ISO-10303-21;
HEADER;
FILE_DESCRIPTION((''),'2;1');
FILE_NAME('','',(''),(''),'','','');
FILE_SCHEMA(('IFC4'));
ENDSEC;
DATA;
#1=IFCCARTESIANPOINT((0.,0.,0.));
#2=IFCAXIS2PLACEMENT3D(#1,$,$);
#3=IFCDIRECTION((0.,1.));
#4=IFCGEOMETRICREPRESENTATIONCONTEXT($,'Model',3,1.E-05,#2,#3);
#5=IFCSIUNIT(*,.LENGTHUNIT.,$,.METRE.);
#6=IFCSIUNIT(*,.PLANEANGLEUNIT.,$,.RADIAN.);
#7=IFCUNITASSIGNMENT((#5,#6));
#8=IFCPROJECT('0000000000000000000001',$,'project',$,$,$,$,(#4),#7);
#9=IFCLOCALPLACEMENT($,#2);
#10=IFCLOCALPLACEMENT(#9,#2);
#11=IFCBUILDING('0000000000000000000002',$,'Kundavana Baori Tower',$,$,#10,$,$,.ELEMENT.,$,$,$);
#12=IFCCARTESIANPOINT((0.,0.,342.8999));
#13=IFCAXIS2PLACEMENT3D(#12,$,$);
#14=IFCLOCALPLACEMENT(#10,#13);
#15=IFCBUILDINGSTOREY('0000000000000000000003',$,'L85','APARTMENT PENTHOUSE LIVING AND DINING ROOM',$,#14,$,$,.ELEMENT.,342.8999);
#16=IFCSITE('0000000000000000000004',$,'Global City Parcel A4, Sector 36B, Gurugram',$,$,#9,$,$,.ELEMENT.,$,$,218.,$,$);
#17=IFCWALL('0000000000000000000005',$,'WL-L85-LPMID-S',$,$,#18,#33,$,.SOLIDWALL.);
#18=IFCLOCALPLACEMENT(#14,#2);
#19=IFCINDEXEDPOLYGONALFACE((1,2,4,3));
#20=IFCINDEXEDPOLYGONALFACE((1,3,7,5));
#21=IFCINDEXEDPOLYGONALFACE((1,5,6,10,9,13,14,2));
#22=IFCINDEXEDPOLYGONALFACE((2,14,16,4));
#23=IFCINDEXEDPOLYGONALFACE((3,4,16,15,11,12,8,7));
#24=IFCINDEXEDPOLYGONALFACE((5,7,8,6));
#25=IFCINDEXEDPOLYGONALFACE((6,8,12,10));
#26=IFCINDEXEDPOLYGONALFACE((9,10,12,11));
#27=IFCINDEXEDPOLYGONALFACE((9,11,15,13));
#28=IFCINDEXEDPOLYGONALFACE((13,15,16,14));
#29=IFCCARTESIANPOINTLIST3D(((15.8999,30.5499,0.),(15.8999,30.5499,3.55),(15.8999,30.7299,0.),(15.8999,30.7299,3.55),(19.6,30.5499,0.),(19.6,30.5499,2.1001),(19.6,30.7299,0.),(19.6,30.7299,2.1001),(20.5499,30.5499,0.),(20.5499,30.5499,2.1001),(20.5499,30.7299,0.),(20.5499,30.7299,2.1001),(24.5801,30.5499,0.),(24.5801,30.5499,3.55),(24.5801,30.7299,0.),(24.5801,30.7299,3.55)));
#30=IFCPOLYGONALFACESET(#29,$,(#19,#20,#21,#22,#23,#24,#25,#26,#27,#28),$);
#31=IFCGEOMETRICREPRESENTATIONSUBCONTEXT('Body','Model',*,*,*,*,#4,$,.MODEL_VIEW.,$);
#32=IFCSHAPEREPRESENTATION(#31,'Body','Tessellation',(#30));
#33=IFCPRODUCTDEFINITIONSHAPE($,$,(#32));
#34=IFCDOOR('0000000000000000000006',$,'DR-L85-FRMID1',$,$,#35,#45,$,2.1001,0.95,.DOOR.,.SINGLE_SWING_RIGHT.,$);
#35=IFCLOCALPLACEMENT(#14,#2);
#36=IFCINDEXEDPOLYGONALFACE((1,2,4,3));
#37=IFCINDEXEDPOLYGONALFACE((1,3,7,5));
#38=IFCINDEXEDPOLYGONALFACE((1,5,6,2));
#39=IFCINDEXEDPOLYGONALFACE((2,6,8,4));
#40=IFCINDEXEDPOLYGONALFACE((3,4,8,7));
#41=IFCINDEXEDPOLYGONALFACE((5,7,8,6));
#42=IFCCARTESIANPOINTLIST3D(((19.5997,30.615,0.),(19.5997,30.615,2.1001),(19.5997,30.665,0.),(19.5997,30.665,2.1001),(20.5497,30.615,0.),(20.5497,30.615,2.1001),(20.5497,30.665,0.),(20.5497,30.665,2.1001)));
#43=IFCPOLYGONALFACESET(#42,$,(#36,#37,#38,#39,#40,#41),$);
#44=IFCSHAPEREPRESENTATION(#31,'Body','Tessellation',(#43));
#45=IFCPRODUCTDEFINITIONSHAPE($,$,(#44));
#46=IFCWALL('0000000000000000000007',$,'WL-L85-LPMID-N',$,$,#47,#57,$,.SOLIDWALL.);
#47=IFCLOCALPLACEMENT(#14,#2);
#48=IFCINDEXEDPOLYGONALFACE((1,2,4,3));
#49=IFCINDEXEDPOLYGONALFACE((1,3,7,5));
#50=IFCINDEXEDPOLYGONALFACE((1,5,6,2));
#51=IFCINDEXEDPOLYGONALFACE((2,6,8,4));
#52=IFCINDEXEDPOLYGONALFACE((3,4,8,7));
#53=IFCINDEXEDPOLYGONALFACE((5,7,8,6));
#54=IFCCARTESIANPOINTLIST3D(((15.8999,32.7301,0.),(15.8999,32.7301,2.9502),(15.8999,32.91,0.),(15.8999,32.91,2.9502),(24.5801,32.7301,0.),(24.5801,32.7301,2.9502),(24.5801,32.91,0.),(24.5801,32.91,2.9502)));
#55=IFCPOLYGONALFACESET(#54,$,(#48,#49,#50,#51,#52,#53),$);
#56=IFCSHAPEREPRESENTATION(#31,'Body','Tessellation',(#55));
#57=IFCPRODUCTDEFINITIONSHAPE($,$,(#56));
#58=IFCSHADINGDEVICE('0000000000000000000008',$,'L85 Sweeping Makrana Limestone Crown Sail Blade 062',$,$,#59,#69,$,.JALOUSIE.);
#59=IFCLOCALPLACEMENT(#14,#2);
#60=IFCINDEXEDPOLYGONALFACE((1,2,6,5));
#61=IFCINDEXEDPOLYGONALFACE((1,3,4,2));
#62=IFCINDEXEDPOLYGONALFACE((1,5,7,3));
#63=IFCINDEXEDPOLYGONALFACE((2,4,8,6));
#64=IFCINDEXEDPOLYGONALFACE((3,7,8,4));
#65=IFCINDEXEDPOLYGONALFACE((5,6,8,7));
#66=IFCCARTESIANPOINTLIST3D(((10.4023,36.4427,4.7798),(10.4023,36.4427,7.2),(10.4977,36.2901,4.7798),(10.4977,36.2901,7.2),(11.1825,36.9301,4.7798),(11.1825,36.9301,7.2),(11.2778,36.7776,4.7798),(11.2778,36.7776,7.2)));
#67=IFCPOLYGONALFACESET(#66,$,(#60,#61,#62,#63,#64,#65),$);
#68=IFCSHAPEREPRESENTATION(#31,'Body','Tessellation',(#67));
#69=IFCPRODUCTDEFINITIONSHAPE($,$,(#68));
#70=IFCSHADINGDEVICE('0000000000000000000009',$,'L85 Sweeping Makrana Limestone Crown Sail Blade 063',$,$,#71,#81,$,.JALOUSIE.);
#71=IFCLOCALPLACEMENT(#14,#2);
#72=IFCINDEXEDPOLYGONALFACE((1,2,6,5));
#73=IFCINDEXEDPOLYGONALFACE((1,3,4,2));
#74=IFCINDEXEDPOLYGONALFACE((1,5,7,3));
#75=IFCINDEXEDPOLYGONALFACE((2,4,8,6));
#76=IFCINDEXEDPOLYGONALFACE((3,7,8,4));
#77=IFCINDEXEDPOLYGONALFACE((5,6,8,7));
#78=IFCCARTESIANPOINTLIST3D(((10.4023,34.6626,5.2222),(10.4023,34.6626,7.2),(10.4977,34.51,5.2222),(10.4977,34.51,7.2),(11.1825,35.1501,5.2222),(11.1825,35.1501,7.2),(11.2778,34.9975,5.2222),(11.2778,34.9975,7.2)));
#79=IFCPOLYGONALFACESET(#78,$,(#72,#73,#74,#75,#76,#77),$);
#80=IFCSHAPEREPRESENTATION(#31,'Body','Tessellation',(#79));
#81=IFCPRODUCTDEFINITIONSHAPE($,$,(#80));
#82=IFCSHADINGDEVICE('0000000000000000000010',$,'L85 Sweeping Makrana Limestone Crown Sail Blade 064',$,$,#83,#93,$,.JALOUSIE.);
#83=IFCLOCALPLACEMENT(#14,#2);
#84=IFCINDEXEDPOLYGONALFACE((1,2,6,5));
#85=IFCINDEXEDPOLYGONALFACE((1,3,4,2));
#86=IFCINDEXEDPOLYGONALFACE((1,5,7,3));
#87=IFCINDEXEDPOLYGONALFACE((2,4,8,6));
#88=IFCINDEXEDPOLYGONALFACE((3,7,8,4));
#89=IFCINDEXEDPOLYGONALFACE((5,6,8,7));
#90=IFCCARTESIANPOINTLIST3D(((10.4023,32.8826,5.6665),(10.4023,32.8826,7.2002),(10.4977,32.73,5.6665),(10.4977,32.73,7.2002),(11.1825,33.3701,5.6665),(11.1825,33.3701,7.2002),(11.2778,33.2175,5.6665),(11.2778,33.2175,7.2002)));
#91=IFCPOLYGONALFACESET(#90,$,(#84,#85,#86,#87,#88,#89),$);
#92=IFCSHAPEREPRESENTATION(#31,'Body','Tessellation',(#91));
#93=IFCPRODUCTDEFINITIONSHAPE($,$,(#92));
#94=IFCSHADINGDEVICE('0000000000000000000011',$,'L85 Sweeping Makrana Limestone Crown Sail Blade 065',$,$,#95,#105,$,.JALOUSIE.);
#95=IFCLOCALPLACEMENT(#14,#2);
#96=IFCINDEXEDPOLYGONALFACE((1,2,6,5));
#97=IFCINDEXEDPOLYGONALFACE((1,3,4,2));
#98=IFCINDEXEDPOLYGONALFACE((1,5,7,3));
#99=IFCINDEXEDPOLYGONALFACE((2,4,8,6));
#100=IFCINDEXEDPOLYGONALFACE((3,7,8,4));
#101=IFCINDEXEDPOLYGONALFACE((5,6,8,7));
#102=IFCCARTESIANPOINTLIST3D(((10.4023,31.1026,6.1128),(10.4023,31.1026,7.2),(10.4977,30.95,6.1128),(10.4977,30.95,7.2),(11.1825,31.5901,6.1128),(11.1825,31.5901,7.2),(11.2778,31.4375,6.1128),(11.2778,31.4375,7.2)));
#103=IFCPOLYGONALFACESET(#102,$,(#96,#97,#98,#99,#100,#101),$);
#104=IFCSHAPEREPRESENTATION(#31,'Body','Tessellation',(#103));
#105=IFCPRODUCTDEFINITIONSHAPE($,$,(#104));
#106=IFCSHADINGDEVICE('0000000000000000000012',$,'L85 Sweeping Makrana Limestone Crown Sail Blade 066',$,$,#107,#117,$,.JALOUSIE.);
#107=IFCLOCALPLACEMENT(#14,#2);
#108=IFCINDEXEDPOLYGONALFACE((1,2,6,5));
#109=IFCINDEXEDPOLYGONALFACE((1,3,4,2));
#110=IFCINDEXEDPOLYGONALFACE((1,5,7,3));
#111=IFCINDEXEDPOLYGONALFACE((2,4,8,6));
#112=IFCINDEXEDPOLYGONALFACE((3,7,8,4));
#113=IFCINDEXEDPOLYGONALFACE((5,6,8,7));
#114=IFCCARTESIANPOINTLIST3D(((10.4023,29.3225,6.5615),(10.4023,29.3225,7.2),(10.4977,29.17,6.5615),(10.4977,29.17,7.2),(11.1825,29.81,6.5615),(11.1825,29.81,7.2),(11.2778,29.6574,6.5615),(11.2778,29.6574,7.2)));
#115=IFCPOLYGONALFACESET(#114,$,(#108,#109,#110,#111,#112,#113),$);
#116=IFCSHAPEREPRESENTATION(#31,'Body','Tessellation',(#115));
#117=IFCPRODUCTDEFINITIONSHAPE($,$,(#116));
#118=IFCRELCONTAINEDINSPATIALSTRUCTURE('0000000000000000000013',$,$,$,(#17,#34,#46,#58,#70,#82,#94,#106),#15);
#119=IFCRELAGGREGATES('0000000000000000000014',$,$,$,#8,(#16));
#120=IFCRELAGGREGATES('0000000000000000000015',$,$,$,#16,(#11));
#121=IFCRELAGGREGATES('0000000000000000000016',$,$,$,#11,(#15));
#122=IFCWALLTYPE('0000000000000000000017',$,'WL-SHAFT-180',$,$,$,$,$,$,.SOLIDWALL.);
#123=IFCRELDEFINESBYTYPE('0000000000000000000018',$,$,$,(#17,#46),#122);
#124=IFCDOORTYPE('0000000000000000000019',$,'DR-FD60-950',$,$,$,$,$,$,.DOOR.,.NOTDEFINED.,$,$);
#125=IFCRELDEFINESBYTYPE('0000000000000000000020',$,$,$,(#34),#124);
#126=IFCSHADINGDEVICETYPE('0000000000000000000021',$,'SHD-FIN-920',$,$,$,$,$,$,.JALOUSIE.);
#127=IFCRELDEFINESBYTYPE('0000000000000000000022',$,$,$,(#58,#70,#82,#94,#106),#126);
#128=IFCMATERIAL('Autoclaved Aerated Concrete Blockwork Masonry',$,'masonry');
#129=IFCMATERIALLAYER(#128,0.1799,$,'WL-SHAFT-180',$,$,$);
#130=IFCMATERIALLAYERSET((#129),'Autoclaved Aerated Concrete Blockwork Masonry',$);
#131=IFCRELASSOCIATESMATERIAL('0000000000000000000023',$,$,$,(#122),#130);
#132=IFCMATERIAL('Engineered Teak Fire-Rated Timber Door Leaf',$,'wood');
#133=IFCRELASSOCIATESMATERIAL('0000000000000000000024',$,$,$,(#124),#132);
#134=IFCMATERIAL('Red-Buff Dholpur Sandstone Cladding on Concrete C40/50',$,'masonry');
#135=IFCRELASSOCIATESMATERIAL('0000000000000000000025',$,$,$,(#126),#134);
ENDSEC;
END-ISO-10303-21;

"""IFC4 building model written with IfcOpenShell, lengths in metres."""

from ifc_helpers import new_model, si_unit, direction, frame, frame_2d, origin, origin_2d, place, context, subcontext, project, spatial, rectangle, extrude, material, layer, layer_set, type_object, element, fill, save


model = new_model("IFC4")

# Units and contexts
model_context = context("Model", 3, precision=1e-05, world=origin(), true_north=direction((0.0, 1.0)))
body_context = subcontext(model_context, "Body", "Model", "MODEL_VIEW")
ifc_project = project(units=[si_unit("LENGTHUNIT", "METRE"), si_unit("PLANEANGLEUNIT", "RADIAN")], contexts=[model_context])

# Site, building, storey
site_placement = place(None, origin())
site = spatial("IfcSite", under=ifc_project, at=site_placement, Name="Global City Parcel A4, Sector 36B, Gurugram", CompositionType="ELEMENT", RefElevation=218.0)
building_placement = place(site_placement, origin())
building = spatial("IfcBuilding", under=site, at=building_placement, Name="Kundavana Baori Tower", CompositionType="ELEMENT")
storey_placement = place(building_placement, frame((0.0, 0.0, 342.8999)))
storey = spatial("IfcBuildingStorey", under=building, at=storey_placement, Name="L85", Description="APARTMENT PENTHOUSE LIVING AND DINING ROOM", CompositionType="ELEMENT", Elevation=342.8999)

# Wall, opening, door
ifc_material_1 = material(Name="Autoclaved Aerated Concrete Blockwork Masonry", Category="masonry")
ifc_layer_1 = layer(ifc_material_1, 0.1799, Name="WL-SHAFT-180")
ifc_layer_set_1 = layer_set([ifc_layer_1], Name="Autoclaved Aerated Concrete Blockwork Masonry")
wall_type_1 = type_object("IfcWallType", Name="WL-SHAFT-180", PredefinedType="SOLIDWALL", material=ifc_layer_set_1)
wall_1_placement = place(storey_placement, frame((15.8999, 30.6399, 0.0), z_axis=(0.0, 0.0, 1.0), x_axis=(1.0, 0.0, 0.0)))
wall_1 = element("IfcWall", 1, at=wall_1_placement, inside=storey, type_object=wall_type_1, Name="WL-L85-LPMID-S", PredefinedType="SOLIDWALL", context=body_context, shape_type="SweptSolid", body=[
    extrude(rectangle(XDim=8.6802, YDim=0.1799, at=frame_2d((4.3401, 0.0))), origin(), (0.0, 0.0, 1.0), 3.55),
])
opening_placement = place(wall_1_placement, frame((3.7, 0.0, 0.0)))
opening = element("IfcOpeningElement", 2, at=opening_placement, cuts=wall_1, PredefinedType="OPENING", context=body_context, shape_type="SweptSolid", body=[
    extrude(rectangle(XDim=0.95, YDim=2.1001, at=frame_2d((0.4751, 1.05))), frame((0.0, 0.1001, 0.0), z_axis=(0.0, -1.0, 0.0), x_axis=(1.0, 0.0, 0.0)), (0.0, 0.0, 1.0), 0.2),
])
ifc_material_2 = material(Name="Engineered Teak Fire-Rated Timber Door Leaf", Category="wood")
door_type = type_object("IfcDoorType", Name="DR-FD60-950", OperationType="NOTDEFINED", PredefinedType="DOOR", material=ifc_material_2)
door_placement = place(opening_placement, frame((0.95, 0.0, 0.0), z_axis=(0.0, 0.0, 1.0), x_axis=(-1.0, 0.0, 0.0)))
door = element("IfcDoor", 3, at=door_placement, inside=storey, type_object=door_type, Name="DR-L85-FRMID1", OperationType="SINGLE_SWING_RIGHT", OverallHeight=2.1001, OverallWidth=0.95, PredefinedType="DOOR", context=body_context, shape_type="SweptSolid", body=[
    extrude(rectangle(XDim=0.95, YDim=2.1001, at=frame_2d((0.4751, 1.05))), frame((0.0, 0.0249, 0.0), z_axis=(0.0, -1.0, 0.0), x_axis=(1.0, 0.0, 0.0)), (0.0, 0.0, 1.0), 0.05),
])
fill(opening, door)

# Wall
wall_2_placement = place(storey_placement, frame((15.8999, 32.8201, 0.0), z_axis=(0.0, 0.0, 1.0), x_axis=(1.0, 0.0, 0.0)))
element("IfcWall", 4, at=wall_2_placement, inside=storey, type_object=wall_type_1, Name="WL-L85-LPMID-N", PredefinedType="SOLIDWALL", context=body_context, shape_type="SweptSolid", body=[
    extrude(rectangle(XDim=8.6802, YDim=0.1799, at=frame_2d((4.3401, 0.0))), origin(), (0.0, 0.0, 1.0), 2.9502),
])

# Shading devices
ifc_material_3 = material(Name="Red-Buff Dholpur Sandstone Cladding on Concrete C40/50", Category="masonry")
shading_device_type = type_object("IfcShadingDeviceType", Name="SHD-FIN-920", PredefinedType="JALOUSIE", material=ifc_material_3)
shading_device_1_placement = place(storey_placement, frame((10.8401, 36.6101, 4.7798), z_axis=(0.0, 0.0, 1.0), x_axis=(-0.529919, 0.848048, 0.0)))
element("IfcShadingDevice", 5, at=shading_device_1_placement, inside=storey, type_object=shading_device_type, Name="L85 Sweeping Makrana Limestone Crown Sail Blade 062", PredefinedType="JALOUSIE", context=body_context, shape_type="SweptSolid", body=[
    extrude(rectangle(XDim=0.1799, YDim=0.9199, at=origin_2d()), origin(), (0.0, 0.0, 1.0), 2.4202),
])
shading_device_2_placement = place(storey_placement, frame((10.8401, 34.8301, 5.2222), z_axis=(0.0, 0.0, 1.0), x_axis=(-0.529919, 0.848048, 0.0)))
element("IfcShadingDevice", 6, at=shading_device_2_placement, inside=storey, type_object=shading_device_type, Name="L85 Sweeping Makrana Limestone Crown Sail Blade 063", PredefinedType="JALOUSIE", context=body_context, shape_type="SweptSolid", body=[
    extrude(rectangle(XDim=0.1799, YDim=0.9199, at=origin_2d()), origin(), (0.0, 0.0, 1.0), 1.9778),
])
shading_device_3_placement = place(storey_placement, frame((10.8401, 33.05, 5.6665), z_axis=(0.0, 0.0, 1.0), x_axis=(-0.529919, 0.848048, 0.0)))
element("IfcShadingDevice", 7, at=shading_device_3_placement, inside=storey, type_object=shading_device_type, Name="L85 Sweeping Makrana Limestone Crown Sail Blade 064", PredefinedType="JALOUSIE", context=body_context, shape_type="SweptSolid", body=[
    extrude(rectangle(XDim=0.1799, YDim=0.9199, at=origin_2d()), origin(), (0.0, 0.0, 1.0), 1.5337),
])
shading_device_4_placement = place(storey_placement, frame((10.8401, 31.27, 6.1128), z_axis=(0.0, 0.0, 1.0), x_axis=(-0.529919, 0.848048, 0.0)))
element("IfcShadingDevice", 8, at=shading_device_4_placement, inside=storey, type_object=shading_device_type, Name="L85 Sweeping Makrana Limestone Crown Sail Blade 065", PredefinedType="JALOUSIE", context=body_context, shape_type="SweptSolid", body=[
    extrude(rectangle(XDim=0.1799, YDim=0.9199, at=origin_2d()), origin(), (0.0, 0.0, 1.0), 1.0872),
])
shading_device_5_placement = place(storey_placement, frame((10.8401, 29.49, 6.5615), z_axis=(0.0, 0.0, 1.0), x_axis=(-0.529919, 0.848048, 0.0)))
element("IfcShadingDevice", 9, at=shading_device_5_placement, inside=storey, type_object=shading_device_type, Name="L85 Sweeping Makrana Limestone Crown Sail Blade 066", PredefinedType="JALOUSIE", context=body_context, shape_type="SweptSolid", body=[
    extrude(rectangle(XDim=0.1799, YDim=0.9199, at=origin_2d()), origin(), (0.0, 0.0, 1.0), 0.6384),
])

save(model, "model.ifc")
